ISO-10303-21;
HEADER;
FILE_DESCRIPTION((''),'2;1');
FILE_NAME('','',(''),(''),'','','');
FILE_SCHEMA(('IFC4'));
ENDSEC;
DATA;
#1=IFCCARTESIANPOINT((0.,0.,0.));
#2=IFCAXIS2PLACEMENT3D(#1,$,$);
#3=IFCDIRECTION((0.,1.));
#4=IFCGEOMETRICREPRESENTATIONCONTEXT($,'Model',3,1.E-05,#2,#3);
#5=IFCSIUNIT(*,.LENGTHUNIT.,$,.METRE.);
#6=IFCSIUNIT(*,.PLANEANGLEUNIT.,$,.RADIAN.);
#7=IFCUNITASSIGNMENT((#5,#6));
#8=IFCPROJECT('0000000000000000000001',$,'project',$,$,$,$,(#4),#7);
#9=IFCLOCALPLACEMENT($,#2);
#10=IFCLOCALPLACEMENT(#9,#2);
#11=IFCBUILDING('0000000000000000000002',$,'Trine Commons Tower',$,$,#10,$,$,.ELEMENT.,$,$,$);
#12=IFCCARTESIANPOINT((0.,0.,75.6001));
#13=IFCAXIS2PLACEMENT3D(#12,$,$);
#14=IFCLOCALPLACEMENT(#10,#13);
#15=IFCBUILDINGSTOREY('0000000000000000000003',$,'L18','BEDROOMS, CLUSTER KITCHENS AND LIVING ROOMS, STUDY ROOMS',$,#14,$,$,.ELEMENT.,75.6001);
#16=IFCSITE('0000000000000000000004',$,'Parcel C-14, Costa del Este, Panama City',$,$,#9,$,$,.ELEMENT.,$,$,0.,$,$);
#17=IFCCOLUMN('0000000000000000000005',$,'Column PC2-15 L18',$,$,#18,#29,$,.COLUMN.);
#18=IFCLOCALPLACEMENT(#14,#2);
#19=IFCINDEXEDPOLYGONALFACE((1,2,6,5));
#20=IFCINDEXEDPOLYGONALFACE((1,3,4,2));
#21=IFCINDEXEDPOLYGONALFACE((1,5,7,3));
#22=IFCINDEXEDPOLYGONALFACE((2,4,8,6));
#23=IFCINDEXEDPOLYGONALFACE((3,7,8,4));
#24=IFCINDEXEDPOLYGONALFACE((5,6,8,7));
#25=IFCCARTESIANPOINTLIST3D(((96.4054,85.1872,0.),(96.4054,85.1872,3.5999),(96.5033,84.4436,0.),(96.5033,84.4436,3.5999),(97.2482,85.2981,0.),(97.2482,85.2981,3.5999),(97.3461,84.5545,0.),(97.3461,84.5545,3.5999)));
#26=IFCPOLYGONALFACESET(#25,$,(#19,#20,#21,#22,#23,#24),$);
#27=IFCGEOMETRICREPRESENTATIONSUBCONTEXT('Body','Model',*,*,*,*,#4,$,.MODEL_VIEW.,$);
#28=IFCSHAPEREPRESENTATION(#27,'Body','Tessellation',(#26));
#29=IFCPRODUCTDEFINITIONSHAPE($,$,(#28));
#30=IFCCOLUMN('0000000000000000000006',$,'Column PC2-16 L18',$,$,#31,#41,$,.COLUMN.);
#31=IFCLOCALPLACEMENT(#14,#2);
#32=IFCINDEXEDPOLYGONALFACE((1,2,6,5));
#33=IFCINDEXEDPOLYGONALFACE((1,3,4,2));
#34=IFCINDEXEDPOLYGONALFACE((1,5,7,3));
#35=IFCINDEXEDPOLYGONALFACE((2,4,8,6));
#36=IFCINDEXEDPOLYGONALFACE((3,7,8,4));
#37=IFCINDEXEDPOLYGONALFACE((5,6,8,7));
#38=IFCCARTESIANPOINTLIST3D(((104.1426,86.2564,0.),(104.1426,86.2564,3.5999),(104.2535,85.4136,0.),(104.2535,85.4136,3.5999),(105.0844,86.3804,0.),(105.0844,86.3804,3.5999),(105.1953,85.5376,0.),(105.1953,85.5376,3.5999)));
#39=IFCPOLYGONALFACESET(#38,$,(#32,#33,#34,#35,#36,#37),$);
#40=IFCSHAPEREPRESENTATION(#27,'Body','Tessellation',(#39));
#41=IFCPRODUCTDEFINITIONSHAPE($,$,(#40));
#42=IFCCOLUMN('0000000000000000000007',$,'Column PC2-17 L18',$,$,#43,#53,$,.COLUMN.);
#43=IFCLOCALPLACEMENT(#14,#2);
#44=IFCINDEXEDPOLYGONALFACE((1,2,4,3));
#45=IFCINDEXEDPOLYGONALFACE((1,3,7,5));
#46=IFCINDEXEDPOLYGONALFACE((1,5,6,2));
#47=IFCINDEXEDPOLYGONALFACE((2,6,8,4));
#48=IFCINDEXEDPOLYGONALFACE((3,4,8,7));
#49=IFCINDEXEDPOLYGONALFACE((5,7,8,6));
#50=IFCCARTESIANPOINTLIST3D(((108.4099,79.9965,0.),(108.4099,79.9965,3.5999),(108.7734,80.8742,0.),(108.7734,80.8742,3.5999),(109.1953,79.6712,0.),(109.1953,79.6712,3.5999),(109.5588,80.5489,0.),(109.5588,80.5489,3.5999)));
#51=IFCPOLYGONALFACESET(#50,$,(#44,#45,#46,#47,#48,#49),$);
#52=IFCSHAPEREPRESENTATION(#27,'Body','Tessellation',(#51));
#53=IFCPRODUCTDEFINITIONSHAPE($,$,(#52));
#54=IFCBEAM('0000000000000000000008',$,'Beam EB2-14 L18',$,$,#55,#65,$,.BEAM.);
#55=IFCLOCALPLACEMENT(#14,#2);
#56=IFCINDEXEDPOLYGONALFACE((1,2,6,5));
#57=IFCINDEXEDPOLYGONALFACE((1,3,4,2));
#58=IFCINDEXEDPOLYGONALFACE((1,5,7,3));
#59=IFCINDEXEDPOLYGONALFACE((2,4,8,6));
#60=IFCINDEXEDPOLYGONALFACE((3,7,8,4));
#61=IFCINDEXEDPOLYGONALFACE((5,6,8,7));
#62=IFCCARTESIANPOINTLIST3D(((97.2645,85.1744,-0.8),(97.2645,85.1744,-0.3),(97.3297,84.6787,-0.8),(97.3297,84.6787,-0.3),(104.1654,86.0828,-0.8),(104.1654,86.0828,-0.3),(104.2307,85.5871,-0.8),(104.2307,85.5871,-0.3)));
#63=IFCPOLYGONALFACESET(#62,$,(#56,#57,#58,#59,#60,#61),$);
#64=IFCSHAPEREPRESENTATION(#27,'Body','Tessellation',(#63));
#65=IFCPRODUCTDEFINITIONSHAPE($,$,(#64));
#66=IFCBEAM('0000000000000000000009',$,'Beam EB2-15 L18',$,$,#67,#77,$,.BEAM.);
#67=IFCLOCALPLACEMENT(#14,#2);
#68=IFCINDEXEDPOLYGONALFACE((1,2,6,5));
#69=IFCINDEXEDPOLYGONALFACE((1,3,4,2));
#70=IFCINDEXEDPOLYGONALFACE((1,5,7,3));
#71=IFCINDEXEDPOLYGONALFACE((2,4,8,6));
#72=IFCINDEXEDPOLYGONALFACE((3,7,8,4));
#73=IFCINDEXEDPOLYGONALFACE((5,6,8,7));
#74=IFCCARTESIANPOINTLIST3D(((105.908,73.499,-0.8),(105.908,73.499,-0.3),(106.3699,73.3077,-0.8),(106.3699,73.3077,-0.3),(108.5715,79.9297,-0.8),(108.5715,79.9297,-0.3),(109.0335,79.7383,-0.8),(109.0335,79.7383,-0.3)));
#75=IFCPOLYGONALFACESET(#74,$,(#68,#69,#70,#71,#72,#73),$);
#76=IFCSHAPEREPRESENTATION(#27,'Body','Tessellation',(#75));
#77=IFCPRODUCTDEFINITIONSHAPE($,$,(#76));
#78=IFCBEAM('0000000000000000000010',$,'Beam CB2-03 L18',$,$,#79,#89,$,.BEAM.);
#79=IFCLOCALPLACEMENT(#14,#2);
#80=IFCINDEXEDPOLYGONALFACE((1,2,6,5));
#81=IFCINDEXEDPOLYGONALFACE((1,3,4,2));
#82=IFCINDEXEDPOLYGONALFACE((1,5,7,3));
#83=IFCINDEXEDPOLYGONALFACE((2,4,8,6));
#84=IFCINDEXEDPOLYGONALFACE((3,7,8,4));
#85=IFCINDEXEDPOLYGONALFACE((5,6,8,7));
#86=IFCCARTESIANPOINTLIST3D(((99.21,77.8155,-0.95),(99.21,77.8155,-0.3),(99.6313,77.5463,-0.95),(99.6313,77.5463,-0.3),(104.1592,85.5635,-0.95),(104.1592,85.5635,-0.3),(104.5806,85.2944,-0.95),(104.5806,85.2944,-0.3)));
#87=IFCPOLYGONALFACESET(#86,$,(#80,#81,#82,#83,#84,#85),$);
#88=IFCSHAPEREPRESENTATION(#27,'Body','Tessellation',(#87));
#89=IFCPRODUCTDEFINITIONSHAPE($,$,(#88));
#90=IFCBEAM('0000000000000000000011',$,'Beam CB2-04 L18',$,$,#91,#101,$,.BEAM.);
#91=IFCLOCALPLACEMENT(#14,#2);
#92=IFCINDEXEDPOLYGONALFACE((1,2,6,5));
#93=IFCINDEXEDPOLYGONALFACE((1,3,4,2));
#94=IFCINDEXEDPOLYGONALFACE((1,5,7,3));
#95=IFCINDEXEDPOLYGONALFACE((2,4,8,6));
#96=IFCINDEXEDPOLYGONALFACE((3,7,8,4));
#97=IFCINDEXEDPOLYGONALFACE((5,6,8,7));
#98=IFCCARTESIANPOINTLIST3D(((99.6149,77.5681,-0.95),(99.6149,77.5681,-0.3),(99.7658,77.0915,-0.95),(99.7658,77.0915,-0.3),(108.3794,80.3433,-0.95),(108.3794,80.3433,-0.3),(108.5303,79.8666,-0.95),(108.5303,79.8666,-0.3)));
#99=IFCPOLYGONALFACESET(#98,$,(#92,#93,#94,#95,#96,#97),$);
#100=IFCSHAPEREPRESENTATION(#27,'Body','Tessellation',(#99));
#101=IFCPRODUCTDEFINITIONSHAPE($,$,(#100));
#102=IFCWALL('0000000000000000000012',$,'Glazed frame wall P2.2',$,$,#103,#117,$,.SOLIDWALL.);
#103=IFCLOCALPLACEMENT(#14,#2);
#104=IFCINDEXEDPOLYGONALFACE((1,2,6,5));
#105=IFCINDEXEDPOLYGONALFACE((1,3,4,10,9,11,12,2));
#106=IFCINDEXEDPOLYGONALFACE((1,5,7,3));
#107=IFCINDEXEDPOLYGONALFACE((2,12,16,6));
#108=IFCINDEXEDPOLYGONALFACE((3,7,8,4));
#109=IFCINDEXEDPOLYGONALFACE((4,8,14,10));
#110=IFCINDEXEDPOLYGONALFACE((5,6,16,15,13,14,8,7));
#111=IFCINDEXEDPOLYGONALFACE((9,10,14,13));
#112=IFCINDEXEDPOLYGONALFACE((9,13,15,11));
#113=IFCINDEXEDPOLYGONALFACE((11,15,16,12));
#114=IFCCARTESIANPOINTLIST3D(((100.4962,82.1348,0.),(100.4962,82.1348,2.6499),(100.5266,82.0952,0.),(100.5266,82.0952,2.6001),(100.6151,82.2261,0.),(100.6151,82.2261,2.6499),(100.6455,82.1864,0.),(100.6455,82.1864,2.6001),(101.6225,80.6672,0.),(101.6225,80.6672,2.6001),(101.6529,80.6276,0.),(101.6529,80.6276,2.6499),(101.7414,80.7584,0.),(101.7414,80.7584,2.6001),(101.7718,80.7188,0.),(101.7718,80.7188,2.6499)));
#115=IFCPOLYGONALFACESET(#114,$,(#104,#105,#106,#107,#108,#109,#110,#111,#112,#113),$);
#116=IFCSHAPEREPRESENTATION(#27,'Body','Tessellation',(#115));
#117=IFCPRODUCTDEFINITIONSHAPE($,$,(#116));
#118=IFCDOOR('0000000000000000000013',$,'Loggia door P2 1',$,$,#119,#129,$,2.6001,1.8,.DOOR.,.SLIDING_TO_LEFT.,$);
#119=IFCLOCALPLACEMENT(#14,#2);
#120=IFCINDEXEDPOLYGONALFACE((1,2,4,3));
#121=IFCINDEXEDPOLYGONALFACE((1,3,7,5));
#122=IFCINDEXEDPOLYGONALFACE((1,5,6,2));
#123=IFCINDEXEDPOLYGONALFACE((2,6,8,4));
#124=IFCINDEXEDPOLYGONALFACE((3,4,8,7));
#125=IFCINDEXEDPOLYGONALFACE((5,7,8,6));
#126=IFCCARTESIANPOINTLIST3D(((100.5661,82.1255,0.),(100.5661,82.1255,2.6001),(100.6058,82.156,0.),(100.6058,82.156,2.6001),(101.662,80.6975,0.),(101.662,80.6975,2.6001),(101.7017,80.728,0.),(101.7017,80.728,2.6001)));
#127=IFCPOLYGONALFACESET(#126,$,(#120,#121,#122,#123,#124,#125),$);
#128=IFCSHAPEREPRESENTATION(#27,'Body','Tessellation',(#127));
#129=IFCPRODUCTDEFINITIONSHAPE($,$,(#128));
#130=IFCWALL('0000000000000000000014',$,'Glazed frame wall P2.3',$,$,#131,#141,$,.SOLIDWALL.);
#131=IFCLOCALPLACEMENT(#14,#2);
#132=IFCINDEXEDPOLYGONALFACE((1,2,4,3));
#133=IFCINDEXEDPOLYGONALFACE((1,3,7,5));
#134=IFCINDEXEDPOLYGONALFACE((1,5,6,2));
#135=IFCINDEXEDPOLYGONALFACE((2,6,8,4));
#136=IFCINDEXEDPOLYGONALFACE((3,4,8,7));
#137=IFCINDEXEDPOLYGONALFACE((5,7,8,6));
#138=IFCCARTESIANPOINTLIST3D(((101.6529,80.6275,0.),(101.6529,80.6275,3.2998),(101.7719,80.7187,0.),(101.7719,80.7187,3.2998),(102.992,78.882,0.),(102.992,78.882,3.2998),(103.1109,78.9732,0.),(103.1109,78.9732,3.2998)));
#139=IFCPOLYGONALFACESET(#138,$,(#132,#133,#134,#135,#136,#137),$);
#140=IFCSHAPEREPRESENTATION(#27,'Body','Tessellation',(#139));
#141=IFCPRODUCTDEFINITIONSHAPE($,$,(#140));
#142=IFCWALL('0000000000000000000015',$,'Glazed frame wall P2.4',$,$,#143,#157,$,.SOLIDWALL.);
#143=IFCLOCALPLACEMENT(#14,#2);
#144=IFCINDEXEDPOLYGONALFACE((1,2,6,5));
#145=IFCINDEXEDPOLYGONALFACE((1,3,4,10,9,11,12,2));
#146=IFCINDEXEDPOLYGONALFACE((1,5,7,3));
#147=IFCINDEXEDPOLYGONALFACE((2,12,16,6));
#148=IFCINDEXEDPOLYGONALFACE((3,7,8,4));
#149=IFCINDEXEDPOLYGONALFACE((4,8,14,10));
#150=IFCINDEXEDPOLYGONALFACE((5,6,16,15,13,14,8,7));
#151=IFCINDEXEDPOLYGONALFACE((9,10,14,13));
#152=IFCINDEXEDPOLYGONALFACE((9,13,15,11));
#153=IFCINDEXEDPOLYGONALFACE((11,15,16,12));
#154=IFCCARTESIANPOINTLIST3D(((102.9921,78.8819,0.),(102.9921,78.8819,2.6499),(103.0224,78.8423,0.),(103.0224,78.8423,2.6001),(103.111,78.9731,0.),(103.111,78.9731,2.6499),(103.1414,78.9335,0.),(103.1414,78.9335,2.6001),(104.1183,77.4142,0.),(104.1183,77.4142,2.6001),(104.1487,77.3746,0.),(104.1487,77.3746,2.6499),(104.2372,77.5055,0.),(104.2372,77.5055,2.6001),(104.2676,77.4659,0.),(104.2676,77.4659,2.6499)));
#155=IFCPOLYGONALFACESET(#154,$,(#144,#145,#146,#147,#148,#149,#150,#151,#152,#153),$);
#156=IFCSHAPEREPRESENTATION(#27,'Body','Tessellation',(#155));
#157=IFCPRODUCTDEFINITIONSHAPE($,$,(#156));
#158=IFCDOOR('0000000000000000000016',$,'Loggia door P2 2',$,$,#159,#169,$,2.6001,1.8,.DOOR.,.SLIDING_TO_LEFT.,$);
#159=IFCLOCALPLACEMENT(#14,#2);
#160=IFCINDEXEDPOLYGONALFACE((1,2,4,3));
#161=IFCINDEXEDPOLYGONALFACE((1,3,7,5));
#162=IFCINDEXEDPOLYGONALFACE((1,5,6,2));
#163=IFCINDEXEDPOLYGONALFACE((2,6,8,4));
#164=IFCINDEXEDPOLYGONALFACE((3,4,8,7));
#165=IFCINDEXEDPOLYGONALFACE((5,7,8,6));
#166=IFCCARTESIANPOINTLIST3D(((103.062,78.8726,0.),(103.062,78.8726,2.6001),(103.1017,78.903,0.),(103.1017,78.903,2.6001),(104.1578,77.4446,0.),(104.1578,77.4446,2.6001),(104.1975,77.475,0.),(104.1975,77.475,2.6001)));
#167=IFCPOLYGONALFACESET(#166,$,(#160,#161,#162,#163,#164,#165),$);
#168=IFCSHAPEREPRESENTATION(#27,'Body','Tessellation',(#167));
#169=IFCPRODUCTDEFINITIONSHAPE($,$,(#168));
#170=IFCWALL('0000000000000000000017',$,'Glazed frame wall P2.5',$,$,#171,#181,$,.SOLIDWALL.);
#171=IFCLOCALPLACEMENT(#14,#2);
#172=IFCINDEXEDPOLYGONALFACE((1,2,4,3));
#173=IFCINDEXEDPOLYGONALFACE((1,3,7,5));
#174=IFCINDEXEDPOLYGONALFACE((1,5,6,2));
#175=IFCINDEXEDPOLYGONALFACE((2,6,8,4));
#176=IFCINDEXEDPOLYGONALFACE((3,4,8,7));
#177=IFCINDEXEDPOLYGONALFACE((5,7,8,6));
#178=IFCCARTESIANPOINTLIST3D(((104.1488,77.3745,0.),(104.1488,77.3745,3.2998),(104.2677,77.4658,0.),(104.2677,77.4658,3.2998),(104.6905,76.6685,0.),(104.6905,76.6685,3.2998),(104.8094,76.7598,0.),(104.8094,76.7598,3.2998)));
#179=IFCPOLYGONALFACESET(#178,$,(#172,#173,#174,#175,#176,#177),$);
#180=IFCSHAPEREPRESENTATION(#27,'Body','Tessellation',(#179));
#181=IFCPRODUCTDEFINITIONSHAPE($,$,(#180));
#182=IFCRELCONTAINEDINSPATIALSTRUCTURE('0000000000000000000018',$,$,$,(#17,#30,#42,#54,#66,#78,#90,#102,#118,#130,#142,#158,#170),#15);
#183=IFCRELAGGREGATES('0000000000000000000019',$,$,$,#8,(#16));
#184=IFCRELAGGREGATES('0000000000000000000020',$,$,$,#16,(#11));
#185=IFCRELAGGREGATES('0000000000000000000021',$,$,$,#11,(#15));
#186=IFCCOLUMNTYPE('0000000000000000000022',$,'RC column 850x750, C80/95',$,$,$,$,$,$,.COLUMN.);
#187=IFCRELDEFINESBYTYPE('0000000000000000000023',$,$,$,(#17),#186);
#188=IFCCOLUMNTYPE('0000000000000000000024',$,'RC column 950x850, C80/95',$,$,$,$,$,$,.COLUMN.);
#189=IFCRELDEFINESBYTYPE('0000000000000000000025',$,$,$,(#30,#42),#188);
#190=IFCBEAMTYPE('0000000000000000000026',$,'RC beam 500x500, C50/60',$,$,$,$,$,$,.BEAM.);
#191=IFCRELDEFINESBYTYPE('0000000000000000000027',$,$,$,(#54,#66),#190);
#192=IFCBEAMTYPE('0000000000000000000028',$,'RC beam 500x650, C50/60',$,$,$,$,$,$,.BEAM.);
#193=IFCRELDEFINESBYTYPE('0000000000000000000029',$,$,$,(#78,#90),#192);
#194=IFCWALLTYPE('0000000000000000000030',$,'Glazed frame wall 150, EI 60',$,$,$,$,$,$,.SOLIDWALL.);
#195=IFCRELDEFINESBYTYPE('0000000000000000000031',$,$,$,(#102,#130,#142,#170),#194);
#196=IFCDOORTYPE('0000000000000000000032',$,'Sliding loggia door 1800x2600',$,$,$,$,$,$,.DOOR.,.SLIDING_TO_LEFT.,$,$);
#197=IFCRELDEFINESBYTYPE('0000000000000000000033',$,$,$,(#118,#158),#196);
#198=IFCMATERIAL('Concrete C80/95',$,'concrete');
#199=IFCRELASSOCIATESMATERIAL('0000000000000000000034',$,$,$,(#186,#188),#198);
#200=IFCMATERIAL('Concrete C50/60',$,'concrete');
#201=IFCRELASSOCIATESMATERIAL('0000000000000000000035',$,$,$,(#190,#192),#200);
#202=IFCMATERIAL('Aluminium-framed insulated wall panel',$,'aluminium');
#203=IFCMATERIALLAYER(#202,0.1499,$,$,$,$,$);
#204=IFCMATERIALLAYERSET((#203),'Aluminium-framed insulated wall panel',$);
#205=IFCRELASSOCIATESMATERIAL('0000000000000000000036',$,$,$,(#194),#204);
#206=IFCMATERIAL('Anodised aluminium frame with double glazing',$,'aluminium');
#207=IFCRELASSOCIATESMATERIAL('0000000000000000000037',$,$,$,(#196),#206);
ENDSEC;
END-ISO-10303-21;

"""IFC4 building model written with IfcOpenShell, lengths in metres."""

from ifc_helpers import new_model, si_unit, direction, frame, frame_2d, origin, origin_2d, place, context, subcontext, project, spatial, polyline, rectangle, outline, extrude, material, layer, layer_set, material_profile, profile_set, type_object, element, fill, save


model = new_model("IFC4")

# Units and contexts
model_context = context("Model", 3, precision=1e-05, world=origin(), true_north=direction((0.0, 1.0)))
body_context = subcontext(model_context, "Body", "Model", "MODEL_VIEW")
ifc_project = project(units=[si_unit("LENGTHUNIT", "METRE"), si_unit("PLANEANGLEUNIT", "RADIAN")], contexts=[model_context])

# Site, building, storey
site_placement = place(None, origin())
site = spatial("IfcSite", under=ifc_project, at=site_placement, Name="Parcel C-14, Costa del Este, Panama City", CompositionType="ELEMENT", RefElevation=0.0)
building_placement = place(site_placement, origin())
building = spatial("IfcBuilding", under=site, at=building_placement, Name="Trine Commons Tower", CompositionType="ELEMENT")
storey_placement = place(building_placement, frame((0.0, 0.0, 75.6001)))
storey = spatial("IfcBuildingStorey", under=building, at=storey_placement, Name="L18", Description="BEDROOMS, CLUSTER KITCHENS AND LIVING ROOMS, STUDY ROOMS", CompositionType="ELEMENT", Elevation=75.6001)

# Columns
ifc_material_1 = material(Name="Concrete C80/95", Category="concrete")
ifc_material_profile_1 = material_profile(ifc_material_1, rectangle(XDim=0.8501, YDim=0.75, at=origin_2d()), Name="RC 850x750")
ifc_profile_set_1 = profile_set([ifc_material_profile_1], Name="Concrete C80/95")
column_type_1 = type_object("IfcColumnType", Name="RC column 850x750, C80/95", PredefinedType="COLUMN", material=ifc_profile_set_1)
column_placement = place(storey_placement, frame((96.8757, 84.8708, 0.0), z_axis=(0.0, 0.0, 1.0), x_axis=(0.991445, 0.130526, 0.0)))
element("IfcColumn", 1, at=column_placement, inside=storey, type_object=column_type_1, Name="Column PC2-15 L18", PredefinedType="COLUMN", context=body_context, shape_type="SweptSolid", body=[
    extrude(rectangle(XDim=0.8501, YDim=0.75, at=origin_2d()), origin(), (0.0, 0.0, 1.0), 3.5999),
])
ifc_material_profile_2 = material_profile(ifc_material_1, rectangle(XDim=0.95, YDim=0.8501, at=origin_2d()), Name="RC 950x850")
ifc_profile_set_2 = profile_set([ifc_material_profile_2], Name="Concrete C80/95")
column_type_2 = type_object("IfcColumnType", Name="RC column 950x850, C80/95", PredefinedType="COLUMN", material=ifc_profile_set_2)
for number, where, z_axis, x_axis, name in (
    (2, (104.6689, 85.897, 0.0), (0.0, 0.0, 1.0), (0.991445, 0.130526, 0.0), "Column PC2-16 L18"),
    (3, (108.9844, 80.2727, 0.0), (0.0, 0.0, 1.0), (0.382683, 0.92388, 0.0), "Column PC2-17 L18"),
):
    element("IfcColumn", number, at=place(storey_placement, frame(where, z_axis=z_axis, x_axis=x_axis)), inside=storey, type_object=column_type_2, Name=name, PredefinedType="COLUMN", context=body_context, shape_type="SweptSolid", body=[
        extrude(rectangle(XDim=0.95, YDim=0.8501, at=origin_2d()), origin(), (0.0, 0.0, 1.0), 3.5999),
    ])

# Beams
ifc_material_2 = material(Name="Concrete C50/60", Category="concrete")
ifc_material_profile_3 = material_profile(ifc_material_2, rectangle(XDim=0.5, YDim=0.5, at=origin_2d()), Name="RC 500x500")
ifc_profile_set_3 = profile_set([ifc_material_profile_3], Name="Concrete C50/60")
beam_type_1 = type_object("IfcBeamType", Name="RC beam 500x500, C50/60", PredefinedType="BEAM", material=ifc_profile_set_3)
for number, where, z_axis, x_axis, name in (
    (4, (97.2971, 84.9265, -0.55), (0.991446, 0.130516, 0.0), (-0.130516, 0.991446, 0.0), "Beam EB2-14 L18"),
    (5, (108.8025, 79.834, -0.55), (-0.382672, -0.923884, 0.0), (0.923884, -0.382672, 0.0), "Beam EB2-15 L18"),
):
    element("IfcBeam", number, at=place(storey_placement, frame(where, z_axis=z_axis, x_axis=x_axis)), inside=storey, type_object=beam_type_1, Name=name, PredefinedType="BEAM", context=body_context, shape_type="SweptSolid", body=[
        extrude(rectangle(XDim=0.5, YDim=0.5, at=origin_2d()), origin(), (0.0, 0.0, 1.0), 6.9604),
    ])
ifc_material_profile_4 = material_profile(ifc_material_2, rectangle(XDim=0.5, YDim=0.6499, at=origin_2d()), Name="RC 500x650")
ifc_profile_set_4 = profile_set([ifc_material_profile_4], Name="Concrete C50/60")
beam_type_2 = type_object("IfcBeamType", Name="RC beam 500x650, C50/60", PredefinedType="BEAM", material=ifc_profile_set_4)
beam_1_placement = place(storey_placement, frame((104.3699, 85.429, -0.625), z_axis=(-0.538318, -0.842742, 0.0), x_axis=(0.842742, -0.538318, 0.0)))
element("IfcBeam", 6, at=beam_1_placement, inside=storey, type_object=beam_type_2, Name="Beam CB2-03 L18", PredefinedType="BEAM", context=body_context, shape_type="SweptSolid", body=[
    extrude(rectangle(XDim=0.5, YDim=0.6499, at=origin_2d()), origin(), (0.0, 0.0, 1.0), 9.1938),
])
beam_2_placement = place(storey_placement, frame((108.4548, 80.105, -0.625), z_axis=(-0.95335, -0.301867, 0.0), x_axis=(0.301867, -0.95335, 0.0)))
element("IfcBeam", 7, at=beam_2_placement, inside=storey, type_object=beam_type_2, Name="Beam CB2-04 L18", PredefinedType="BEAM", context=body_context, shape_type="SweptSolid", body=[
    extrude(rectangle(XDim=0.5, YDim=0.6499, at=origin_2d()), origin(), (0.0, 0.0, 1.0), 9.1934),
])

# Shared definitions
ifc_material_3 = material(Name="Aluminium-framed insulated wall panel", Category="aluminium")
ifc_layer_1 = layer(ifc_material_3, 0.1499)
ifc_layer_set_1 = layer_set([ifc_layer_1], Name="Aluminium-framed insulated wall panel")
wall_type_1 = type_object("IfcWallType", Name="Glazed frame wall 150, EI 60", PredefinedType="SOLIDWALL", material=ifc_layer_set_1)

# Wall, opening, door
wall_1_placement = place(storey_placement, frame((100.5557, 82.1804, 0.0), z_axis=(0.0, 0.0, 1.0), x_axis=(0.608804, -0.793321, 0.0)))
wall_1 = element("IfcWall", 8, at=wall_1_placement, inside=storey, type_object=wall_type_1, Name="Glazed frame wall P2.2", PredefinedType="SOLIDWALL", context=body_context, shape_type="SweptSolid", body=[
    extrude(outline(polyline([(0.0, -0.075), (1.8999, -0.075), (1.8999, 0.075), (0.0, 0.075), (0.0, -0.075)])), origin(), (0.0, 0.0, 1.0), 2.6499),
])
opening_1_placement = place(wall_1_placement, frame((0.05, 0.0, 0.0)))
opening_1 = element("IfcOpeningElement", 9, at=opening_1_placement, cuts=wall_1, PredefinedType="OPENING", context=body_context, shape_type="SweptSolid", body=[
    extrude(rectangle(XDim=1.8, YDim=2.6001, at=frame_2d((0.8999, 1.3))), frame((0.0, 0.085, 0.0), z_axis=(0.0, -1.0, 0.0), x_axis=(1.0, 0.0, 0.0)), (0.0, 0.0, 1.0), 0.1699),
])
ifc_material_4 = material(Name="Anodised aluminium frame with double glazing", Category="aluminium")
door_type_1 = type_object("IfcDoorType", Name="Sliding loggia door 1800x2600", OperationType="SLIDING_TO_LEFT", PredefinedType="DOOR", material=ifc_material_4)
door_1_placement = place(opening_1_placement, origin())
door_1 = element("IfcDoor", 10, at=door_1_placement, inside=storey, type_object=door_type_1, Name="Loggia door P2 1", OperationType="SLIDING_TO_LEFT", OverallHeight=2.6001, OverallWidth=1.8, PredefinedType="DOOR", context=body_context, shape_type="SweptSolid", body=[
    extrude(rectangle(XDim=1.8, YDim=2.6001, at=frame_2d((0.8999, 1.3))), frame((0.0, 0.0249, 0.0), z_axis=(0.0, -1.0, 0.0), x_axis=(1.0, 0.0, 0.0)), (0.0, 0.0, 1.0), 0.05),
])
fill(opening_1, door_1)

# Wall
wall_2_placement = place(storey_placement, frame((101.7124, 80.6731, 0.0), z_axis=(0.0, 0.0, 1.0), x_axis=(0.608664, -0.793428, 0.0)))
element("IfcWall", 11, at=wall_2_placement, inside=storey, type_object=wall_type_1, Name="Glazed frame wall P2.3", PredefinedType="SOLIDWALL", context=body_context, shape_type="SweptSolid", body=[
    extrude(outline(polyline([(0.0, -0.075), (2.2, -0.075), (2.2, 0.075), (0.0, 0.075), (0.0, -0.075)])), origin(), (0.0, 0.0, 1.0), 3.2998),
])

# Wall, opening, door
wall_3_placement = place(storey_placement, frame((103.0515, 78.9275, 0.0), z_axis=(0.0, 0.0, 1.0), x_axis=(0.608804, -0.793321, 0.0)))
wall_3 = element("IfcWall", 12, at=wall_3_placement, inside=storey, type_object=wall_type_1, Name="Glazed frame wall P2.4", PredefinedType="SOLIDWALL", context=body_context, shape_type="SweptSolid", body=[
    extrude(outline(polyline([(0.0, -0.075), (1.8999, -0.075), (1.8999, 0.075), (0.0, 0.075), (0.0, -0.075)])), origin(), (0.0, 0.0, 1.0), 2.6499),
])
opening_2_placement = place(wall_3_placement, frame((0.05, 0.0, 0.0)))
opening_2 = element("IfcOpeningElement", 13, at=opening_2_placement, cuts=wall_3, PredefinedType="OPENING", context=body_context, shape_type="SweptSolid", body=[
    extrude(rectangle(XDim=1.8, YDim=2.6001, at=frame_2d((0.8999, 1.3))), frame((0.0, 0.085, 0.0), z_axis=(0.0, -1.0, 0.0), x_axis=(1.0, 0.0, 0.0)), (0.0, 0.0, 1.0), 0.1699),
])
door_2_placement = place(opening_2_placement, origin())
door_2 = element("IfcDoor", 14, at=door_2_placement, inside=storey, type_object=door_type_1, Name="Loggia door P2 2", OperationType="SLIDING_TO_LEFT", OverallHeight=2.6001, OverallWidth=1.8, PredefinedType="DOOR", context=body_context, shape_type="SweptSolid", body=[
    extrude(rectangle(XDim=1.8, YDim=2.6001, at=frame_2d((0.8999, 1.3))), frame((0.0, 0.0249, 0.0), z_axis=(0.0, -1.0, 0.0), x_axis=(1.0, 0.0, 0.0)), (0.0, 0.0, 1.0), 0.05),
])
fill(opening_2, door_2)

# Wall
wall_4_placement = place(storey_placement, frame((104.2083, 77.4202, 0.0), z_axis=(0.0, 0.0, 1.0), x_axis=(0.608754, -0.793359, 0.0)))
element("IfcWall", 15, at=wall_4_placement, inside=storey, type_object=wall_type_1, Name="Glazed frame wall P2.5", PredefinedType="SOLIDWALL", context=body_context, shape_type="SweptSolid", body=[
    extrude(outline(polyline([(0.8899, 0.075), (0.0, 0.075), (0.0, -0.075), (0.8899, -0.075), (0.8899, 0.075)])), origin(), (0.0, 0.0, 1.0), 3.2998),
])

save(model, "model.ifc")
